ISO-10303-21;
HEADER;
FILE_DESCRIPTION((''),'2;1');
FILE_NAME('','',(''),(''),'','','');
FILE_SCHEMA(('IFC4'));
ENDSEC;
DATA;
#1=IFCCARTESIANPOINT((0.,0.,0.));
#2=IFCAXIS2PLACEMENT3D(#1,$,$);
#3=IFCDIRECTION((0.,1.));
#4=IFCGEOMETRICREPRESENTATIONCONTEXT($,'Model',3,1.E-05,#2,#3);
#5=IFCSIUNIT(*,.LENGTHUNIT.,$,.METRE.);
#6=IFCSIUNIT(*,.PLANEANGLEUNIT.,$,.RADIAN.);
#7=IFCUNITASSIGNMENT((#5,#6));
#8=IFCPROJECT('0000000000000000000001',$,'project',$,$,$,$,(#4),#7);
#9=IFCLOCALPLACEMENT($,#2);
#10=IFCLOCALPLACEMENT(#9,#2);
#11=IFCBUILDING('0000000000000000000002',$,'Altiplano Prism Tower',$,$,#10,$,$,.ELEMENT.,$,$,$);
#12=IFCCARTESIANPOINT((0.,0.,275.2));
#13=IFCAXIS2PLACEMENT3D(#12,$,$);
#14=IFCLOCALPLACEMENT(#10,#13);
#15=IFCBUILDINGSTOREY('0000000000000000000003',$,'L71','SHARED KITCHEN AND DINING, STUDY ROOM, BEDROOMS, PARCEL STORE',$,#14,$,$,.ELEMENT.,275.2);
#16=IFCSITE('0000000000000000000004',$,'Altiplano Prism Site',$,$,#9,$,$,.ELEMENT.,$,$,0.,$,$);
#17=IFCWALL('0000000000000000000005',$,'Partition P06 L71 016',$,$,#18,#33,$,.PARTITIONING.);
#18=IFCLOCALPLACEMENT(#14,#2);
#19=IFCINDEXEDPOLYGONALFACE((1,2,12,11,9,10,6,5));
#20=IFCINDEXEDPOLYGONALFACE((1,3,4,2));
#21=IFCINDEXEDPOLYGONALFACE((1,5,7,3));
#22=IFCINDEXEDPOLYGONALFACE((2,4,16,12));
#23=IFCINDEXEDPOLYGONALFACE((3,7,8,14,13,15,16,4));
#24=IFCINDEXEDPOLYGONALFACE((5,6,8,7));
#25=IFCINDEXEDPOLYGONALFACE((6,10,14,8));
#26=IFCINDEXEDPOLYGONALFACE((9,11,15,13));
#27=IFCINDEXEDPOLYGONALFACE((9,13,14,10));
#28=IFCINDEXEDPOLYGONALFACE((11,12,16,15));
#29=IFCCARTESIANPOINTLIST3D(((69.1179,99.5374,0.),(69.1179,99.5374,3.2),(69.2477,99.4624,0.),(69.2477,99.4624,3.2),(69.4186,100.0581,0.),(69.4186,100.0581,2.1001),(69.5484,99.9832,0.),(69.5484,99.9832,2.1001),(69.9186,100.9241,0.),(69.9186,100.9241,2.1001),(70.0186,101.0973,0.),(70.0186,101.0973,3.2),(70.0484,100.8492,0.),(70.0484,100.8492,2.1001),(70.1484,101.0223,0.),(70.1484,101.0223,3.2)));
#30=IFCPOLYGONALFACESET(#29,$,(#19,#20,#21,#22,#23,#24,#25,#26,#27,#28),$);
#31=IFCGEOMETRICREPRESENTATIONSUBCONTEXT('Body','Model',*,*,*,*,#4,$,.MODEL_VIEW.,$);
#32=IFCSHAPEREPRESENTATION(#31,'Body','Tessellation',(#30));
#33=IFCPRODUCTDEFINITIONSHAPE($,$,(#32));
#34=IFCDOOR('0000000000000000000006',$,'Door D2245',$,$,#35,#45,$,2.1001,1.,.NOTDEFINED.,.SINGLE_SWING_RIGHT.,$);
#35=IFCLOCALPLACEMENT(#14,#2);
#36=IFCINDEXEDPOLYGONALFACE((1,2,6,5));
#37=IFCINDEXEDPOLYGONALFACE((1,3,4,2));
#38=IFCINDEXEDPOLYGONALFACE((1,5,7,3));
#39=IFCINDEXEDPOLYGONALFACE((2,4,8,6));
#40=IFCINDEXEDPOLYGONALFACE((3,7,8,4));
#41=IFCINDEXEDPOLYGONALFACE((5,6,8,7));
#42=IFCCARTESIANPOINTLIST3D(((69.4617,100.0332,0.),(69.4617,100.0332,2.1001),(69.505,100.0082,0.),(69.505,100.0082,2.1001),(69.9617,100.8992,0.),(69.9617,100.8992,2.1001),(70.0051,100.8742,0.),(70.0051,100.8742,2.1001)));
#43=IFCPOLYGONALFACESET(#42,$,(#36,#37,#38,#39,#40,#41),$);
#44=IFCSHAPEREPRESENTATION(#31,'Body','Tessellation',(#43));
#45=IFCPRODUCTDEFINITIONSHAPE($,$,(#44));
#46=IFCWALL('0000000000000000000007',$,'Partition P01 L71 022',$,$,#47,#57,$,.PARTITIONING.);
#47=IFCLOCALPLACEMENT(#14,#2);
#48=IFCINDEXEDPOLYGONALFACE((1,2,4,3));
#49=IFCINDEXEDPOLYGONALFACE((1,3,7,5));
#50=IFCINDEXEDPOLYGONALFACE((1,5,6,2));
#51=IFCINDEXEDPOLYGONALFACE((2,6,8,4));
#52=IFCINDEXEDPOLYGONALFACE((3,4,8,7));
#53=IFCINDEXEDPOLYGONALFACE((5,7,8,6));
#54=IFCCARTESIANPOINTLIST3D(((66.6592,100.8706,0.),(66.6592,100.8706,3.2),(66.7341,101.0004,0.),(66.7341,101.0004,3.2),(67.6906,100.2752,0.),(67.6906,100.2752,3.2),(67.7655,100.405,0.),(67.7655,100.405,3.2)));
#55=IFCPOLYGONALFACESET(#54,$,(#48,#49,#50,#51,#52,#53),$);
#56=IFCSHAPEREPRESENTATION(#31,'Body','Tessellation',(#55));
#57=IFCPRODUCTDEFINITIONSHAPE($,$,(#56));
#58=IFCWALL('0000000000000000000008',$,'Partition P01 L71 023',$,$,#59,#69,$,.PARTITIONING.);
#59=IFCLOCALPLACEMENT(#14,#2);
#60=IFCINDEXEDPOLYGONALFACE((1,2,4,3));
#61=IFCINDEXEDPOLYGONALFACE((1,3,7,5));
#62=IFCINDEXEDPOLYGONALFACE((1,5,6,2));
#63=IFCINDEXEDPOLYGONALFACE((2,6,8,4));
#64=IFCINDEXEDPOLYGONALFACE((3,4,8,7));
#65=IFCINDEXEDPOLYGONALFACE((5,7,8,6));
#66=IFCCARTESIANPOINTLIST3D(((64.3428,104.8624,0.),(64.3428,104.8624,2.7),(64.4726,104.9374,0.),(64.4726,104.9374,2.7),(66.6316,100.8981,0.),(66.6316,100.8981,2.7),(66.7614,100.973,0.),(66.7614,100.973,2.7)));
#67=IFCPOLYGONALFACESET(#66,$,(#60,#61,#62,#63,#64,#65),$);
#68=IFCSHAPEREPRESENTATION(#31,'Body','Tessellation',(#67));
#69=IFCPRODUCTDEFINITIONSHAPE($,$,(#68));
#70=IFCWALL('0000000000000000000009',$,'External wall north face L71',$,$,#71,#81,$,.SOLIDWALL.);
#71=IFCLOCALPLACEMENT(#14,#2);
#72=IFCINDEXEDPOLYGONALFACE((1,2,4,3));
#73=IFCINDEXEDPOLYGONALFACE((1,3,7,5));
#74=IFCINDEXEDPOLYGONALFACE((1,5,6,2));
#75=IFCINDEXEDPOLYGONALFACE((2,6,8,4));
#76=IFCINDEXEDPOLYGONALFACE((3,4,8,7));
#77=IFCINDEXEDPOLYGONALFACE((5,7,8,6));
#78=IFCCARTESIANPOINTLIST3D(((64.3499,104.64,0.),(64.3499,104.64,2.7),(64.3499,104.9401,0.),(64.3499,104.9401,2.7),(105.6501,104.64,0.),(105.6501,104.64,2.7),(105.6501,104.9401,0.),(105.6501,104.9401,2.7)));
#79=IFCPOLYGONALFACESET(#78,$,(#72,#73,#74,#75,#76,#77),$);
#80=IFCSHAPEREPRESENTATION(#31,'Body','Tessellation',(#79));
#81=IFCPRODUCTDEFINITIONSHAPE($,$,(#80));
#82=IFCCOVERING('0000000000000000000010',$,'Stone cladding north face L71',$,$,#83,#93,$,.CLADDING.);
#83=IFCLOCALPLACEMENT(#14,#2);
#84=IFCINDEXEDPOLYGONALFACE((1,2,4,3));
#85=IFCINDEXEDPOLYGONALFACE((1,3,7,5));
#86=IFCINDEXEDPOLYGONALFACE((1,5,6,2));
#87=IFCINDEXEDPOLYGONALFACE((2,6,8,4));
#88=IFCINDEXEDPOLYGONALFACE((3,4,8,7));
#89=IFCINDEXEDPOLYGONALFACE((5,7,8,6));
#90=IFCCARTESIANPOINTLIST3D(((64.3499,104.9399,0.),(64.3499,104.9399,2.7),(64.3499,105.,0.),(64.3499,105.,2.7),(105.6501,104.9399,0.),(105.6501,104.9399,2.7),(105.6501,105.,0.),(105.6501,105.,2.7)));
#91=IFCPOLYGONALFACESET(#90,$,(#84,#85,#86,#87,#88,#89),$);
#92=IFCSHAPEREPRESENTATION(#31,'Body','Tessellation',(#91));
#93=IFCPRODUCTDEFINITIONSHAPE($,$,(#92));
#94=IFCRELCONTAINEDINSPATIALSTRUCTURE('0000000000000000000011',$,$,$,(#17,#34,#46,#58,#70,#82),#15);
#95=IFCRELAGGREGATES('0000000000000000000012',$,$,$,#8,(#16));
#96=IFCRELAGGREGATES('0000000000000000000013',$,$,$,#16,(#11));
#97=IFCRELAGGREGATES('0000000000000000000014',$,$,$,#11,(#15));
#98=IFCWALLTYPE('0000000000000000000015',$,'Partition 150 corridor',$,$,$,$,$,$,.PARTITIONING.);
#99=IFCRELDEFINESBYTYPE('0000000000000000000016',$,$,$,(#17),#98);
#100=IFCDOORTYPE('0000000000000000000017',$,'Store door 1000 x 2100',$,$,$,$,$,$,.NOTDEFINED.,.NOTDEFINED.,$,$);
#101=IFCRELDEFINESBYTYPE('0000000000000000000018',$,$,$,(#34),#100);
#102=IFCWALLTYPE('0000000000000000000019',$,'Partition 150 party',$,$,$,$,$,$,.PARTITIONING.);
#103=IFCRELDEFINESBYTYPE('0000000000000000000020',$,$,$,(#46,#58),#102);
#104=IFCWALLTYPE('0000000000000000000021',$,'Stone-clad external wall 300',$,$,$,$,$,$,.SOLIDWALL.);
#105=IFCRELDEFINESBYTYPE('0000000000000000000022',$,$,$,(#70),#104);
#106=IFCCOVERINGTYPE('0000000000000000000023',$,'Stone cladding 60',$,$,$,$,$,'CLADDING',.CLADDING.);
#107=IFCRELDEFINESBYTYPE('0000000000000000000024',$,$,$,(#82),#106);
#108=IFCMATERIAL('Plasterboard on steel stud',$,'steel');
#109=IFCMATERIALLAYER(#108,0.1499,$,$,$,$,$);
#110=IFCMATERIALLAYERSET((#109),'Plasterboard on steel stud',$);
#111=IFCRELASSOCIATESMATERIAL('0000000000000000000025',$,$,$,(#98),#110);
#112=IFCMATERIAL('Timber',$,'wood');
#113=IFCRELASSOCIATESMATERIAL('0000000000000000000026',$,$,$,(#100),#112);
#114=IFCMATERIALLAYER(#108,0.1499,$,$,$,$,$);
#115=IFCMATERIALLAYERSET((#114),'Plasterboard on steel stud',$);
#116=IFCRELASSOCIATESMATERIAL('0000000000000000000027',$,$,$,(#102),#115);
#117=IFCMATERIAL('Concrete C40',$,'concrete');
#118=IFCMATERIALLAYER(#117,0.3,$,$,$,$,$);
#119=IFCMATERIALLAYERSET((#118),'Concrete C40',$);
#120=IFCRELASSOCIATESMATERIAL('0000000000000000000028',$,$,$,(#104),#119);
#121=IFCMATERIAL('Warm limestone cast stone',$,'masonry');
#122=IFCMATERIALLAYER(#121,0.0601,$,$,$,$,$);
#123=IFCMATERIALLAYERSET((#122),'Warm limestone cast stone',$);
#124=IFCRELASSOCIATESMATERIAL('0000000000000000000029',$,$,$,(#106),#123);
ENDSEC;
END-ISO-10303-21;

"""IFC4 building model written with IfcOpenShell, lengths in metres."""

from ifc_helpers import new_model, si_unit, direction, frame, frame_2d, origin, place, context, subcontext, project, spatial, rectangle, extrude, material, layer, layer_set, type_object, element, fill, save


model = new_model("IFC4")

# Units and contexts
model_context = context("Model", 3, precision=1e-05, world=origin(), true_north=direction((0.0, 1.0)))
body_context = subcontext(model_context, "Body", "Model", "MODEL_VIEW")
ifc_project = project(units=[si_unit("LENGTHUNIT", "METRE"), si_unit("PLANEANGLEUNIT", "RADIAN")], contexts=[model_context])

# Site, building, storey
site_placement = place(None, origin())
site = spatial("IfcSite", under=ifc_project, at=site_placement, Name="Altiplano Prism Site", CompositionType="ELEMENT", RefElevation=0.0)
building_placement = place(site_placement, origin())
building = spatial("IfcBuilding", under=site, at=building_placement, Name="Altiplano Prism Tower", CompositionType="ELEMENT")
storey_placement = place(building_placement, frame((0.0, 0.0, 275.2)))
storey = spatial("IfcBuildingStorey", under=building, at=storey_placement, Name="L71", Description="SHARED KITCHEN AND DINING, STUDY ROOM, BEDROOMS, PARCEL STORE", CompositionType="ELEMENT", Elevation=275.2)

# Wall, opening, door
ifc_material_1 = material(Name="Plasterboard on steel stud", Category="steel")
ifc_layer_1 = layer(ifc_material_1, 0.1499)
ifc_layer_set_1 = layer_set([ifc_layer_1], Name="Plasterboard on steel stud")
wall_type_1 = type_object("IfcWallType", Name="Partition 150 corridor", PredefinedType="PARTITIONING", material=ifc_layer_set_1)
ifc_material_2 = material(Name="Timber", Category="wood")
wall_1_placement = place(storey_placement, frame((70.0835, 101.0598, 0.0), z_axis=(0.0, 0.0, 1.0), x_axis=(-0.500031, -0.866007, 0.0)))
wall_1 = element("IfcWall", 1, at=wall_1_placement, inside=storey, type_object=wall_type_1, Name="Partition P06 L71 016", PredefinedType="PARTITIONING", context=body_context, shape_type="SweptSolid", body=[
    extrude(rectangle(XDim=1.8013, YDim=0.1499, at=frame_2d((0.9006, 0.0))), origin(), (0.0, 0.0, 1.0), 3.2),
])
opening_1_placement = place(wall_1_placement, frame((0.2, 0.0, 0.0)))
opening_1 = element("IfcOpeningElement", 2, at=opening_1_placement, cuts=wall_1, PredefinedType="OPENING", context=body_context, shape_type="SweptSolid", body=[
    extrude(rectangle(XDim=1.0, YDim=2.1001, at=frame_2d((0.5, 1.05))), frame((0.0, 0.0854, 0.0), z_axis=(0.0, -1.0, 0.0), x_axis=(1.0, 0.0, 0.0)), (0.0, 0.0, 1.0), 0.1709),
])
door_type_1 = type_object("IfcDoorType", Name="Store door 1000 x 2100", OperationType="NOTDEFINED", PredefinedType="NOTDEFINED", material=ifc_material_2)
door_1_placement = place(opening_1_placement, origin())
door_1 = element("IfcDoor", 3, at=door_1_placement, inside=storey, type_object=door_type_1, Name="Door D2245", OperationType="SINGLE_SWING_RIGHT", OverallHeight=2.1001, OverallWidth=1.0, PredefinedType="NOTDEFINED", context=body_context, shape_type="SweptSolid", body=[
    extrude(rectangle(XDim=1.0, YDim=2.1001, at=frame_2d((0.5, 1.05))), frame((0.0, 0.0249, 0.0), z_axis=(0.0, -1.0, 0.0), x_axis=(1.0, 0.0, 0.0)), (0.0, 0.0, 1.0), 0.05),
])
fill(opening_1, door_1)

# Walls
ifc_layer_2 = layer(ifc_material_1, 0.1499)
ifc_layer_set_2 = layer_set([ifc_layer_2], Name="Plasterboard on steel stud")
wall_type_2 = type_object("IfcWallType", Name="Partition 150 party", PredefinedType="PARTITIONING", material=ifc_layer_set_2)
wall_2_placement = place(storey_placement, frame((67.728, 100.3401, 0.0), z_axis=(0.0, 0.0, 1.0), x_axis=(-0.866052, 0.499953, 0.0)))
element("IfcWall", 4, at=wall_2_placement, inside=storey, type_object=wall_type_2, Name="Partition P01 L71 022", PredefinedType="PARTITIONING", context=body_context, shape_type="SweptSolid", body=[
    extrude(rectangle(XDim=1.1909, YDim=0.1499, at=frame_2d((0.5955, 0.0))), origin(), (0.0, 0.0, 1.0), 3.2),
])
wall_3_placement = place(storey_placement, frame((66.6965, 100.9355, 0.0), z_axis=(0.0, 0.0, 1.0), x_axis=(-0.499999, 0.866026, 0.0)))
element("IfcWall", 5, at=wall_3_placement, inside=storey, type_object=wall_type_2, Name="Partition P01 L71 023", PredefinedType="PARTITIONING", context=body_context, shape_type="SweptSolid", body=[
    extrude(rectangle(XDim=4.5776, YDim=0.1499, at=frame_2d((2.2888, 0.0))), origin(), (0.0, 0.0, 1.0), 2.7),
])
ifc_material_3 = material(Name="Concrete C40", Category="concrete")
ifc_layer_3 = layer(ifc_material_3, 0.3)
ifc_layer_set_3 = layer_set([ifc_layer_3], Name="Concrete C40")
wall_type_3 = type_object("IfcWallType", Name="Stone-clad external wall 300", PredefinedType="SOLIDWALL", material=ifc_layer_set_3)
wall_4_placement = place(storey_placement, frame((64.3499, 104.79, 0.0), z_axis=(0.0, 0.0, 1.0), x_axis=(1.0, 0.0, 0.0)))
element("IfcWall", 6, at=wall_4_placement, inside=storey, type_object=wall_type_3, Name="External wall north face L71", PredefinedType="SOLIDWALL", context=body_context, shape_type="SweptSolid", body=[
    extrude(rectangle(XDim=41.3003, YDim=0.3, at=frame_2d((20.6501, 0.0))), origin(), (0.0, 0.0, 1.0), 2.7),
])

# Covering
ifc_material_4 = material(Name="Warm limestone cast stone", Category="masonry")
ifc_layer_4 = layer(ifc_material_4, 0.0601)
ifc_layer_set_4 = layer_set([ifc_layer_4], Name="Warm limestone cast stone")
covering_type = type_object("IfcCoveringType", Name="Stone cladding 60", ElementType="CLADDING", PredefinedType="CLADDING", material=ifc_layer_set_4)
covering_placement = place(storey_placement, frame((64.3499, 104.97, 0.0), z_axis=(0.0, 0.0, 1.0), x_axis=(1.0, 0.0, 0.0)))
element("IfcCovering", 7, at=covering_placement, inside=storey, type_object=covering_type, Name="Stone cladding north face L71", PredefinedType="CLADDING", context=body_context, shape_type="SweptSolid", body=[
    extrude(rectangle(XDim=41.3003, YDim=0.0601, at=frame_2d((20.6501, 0.0))), origin(), (0.0, 0.0, 1.0), 2.7),
])

save(model, "model.ifc")
